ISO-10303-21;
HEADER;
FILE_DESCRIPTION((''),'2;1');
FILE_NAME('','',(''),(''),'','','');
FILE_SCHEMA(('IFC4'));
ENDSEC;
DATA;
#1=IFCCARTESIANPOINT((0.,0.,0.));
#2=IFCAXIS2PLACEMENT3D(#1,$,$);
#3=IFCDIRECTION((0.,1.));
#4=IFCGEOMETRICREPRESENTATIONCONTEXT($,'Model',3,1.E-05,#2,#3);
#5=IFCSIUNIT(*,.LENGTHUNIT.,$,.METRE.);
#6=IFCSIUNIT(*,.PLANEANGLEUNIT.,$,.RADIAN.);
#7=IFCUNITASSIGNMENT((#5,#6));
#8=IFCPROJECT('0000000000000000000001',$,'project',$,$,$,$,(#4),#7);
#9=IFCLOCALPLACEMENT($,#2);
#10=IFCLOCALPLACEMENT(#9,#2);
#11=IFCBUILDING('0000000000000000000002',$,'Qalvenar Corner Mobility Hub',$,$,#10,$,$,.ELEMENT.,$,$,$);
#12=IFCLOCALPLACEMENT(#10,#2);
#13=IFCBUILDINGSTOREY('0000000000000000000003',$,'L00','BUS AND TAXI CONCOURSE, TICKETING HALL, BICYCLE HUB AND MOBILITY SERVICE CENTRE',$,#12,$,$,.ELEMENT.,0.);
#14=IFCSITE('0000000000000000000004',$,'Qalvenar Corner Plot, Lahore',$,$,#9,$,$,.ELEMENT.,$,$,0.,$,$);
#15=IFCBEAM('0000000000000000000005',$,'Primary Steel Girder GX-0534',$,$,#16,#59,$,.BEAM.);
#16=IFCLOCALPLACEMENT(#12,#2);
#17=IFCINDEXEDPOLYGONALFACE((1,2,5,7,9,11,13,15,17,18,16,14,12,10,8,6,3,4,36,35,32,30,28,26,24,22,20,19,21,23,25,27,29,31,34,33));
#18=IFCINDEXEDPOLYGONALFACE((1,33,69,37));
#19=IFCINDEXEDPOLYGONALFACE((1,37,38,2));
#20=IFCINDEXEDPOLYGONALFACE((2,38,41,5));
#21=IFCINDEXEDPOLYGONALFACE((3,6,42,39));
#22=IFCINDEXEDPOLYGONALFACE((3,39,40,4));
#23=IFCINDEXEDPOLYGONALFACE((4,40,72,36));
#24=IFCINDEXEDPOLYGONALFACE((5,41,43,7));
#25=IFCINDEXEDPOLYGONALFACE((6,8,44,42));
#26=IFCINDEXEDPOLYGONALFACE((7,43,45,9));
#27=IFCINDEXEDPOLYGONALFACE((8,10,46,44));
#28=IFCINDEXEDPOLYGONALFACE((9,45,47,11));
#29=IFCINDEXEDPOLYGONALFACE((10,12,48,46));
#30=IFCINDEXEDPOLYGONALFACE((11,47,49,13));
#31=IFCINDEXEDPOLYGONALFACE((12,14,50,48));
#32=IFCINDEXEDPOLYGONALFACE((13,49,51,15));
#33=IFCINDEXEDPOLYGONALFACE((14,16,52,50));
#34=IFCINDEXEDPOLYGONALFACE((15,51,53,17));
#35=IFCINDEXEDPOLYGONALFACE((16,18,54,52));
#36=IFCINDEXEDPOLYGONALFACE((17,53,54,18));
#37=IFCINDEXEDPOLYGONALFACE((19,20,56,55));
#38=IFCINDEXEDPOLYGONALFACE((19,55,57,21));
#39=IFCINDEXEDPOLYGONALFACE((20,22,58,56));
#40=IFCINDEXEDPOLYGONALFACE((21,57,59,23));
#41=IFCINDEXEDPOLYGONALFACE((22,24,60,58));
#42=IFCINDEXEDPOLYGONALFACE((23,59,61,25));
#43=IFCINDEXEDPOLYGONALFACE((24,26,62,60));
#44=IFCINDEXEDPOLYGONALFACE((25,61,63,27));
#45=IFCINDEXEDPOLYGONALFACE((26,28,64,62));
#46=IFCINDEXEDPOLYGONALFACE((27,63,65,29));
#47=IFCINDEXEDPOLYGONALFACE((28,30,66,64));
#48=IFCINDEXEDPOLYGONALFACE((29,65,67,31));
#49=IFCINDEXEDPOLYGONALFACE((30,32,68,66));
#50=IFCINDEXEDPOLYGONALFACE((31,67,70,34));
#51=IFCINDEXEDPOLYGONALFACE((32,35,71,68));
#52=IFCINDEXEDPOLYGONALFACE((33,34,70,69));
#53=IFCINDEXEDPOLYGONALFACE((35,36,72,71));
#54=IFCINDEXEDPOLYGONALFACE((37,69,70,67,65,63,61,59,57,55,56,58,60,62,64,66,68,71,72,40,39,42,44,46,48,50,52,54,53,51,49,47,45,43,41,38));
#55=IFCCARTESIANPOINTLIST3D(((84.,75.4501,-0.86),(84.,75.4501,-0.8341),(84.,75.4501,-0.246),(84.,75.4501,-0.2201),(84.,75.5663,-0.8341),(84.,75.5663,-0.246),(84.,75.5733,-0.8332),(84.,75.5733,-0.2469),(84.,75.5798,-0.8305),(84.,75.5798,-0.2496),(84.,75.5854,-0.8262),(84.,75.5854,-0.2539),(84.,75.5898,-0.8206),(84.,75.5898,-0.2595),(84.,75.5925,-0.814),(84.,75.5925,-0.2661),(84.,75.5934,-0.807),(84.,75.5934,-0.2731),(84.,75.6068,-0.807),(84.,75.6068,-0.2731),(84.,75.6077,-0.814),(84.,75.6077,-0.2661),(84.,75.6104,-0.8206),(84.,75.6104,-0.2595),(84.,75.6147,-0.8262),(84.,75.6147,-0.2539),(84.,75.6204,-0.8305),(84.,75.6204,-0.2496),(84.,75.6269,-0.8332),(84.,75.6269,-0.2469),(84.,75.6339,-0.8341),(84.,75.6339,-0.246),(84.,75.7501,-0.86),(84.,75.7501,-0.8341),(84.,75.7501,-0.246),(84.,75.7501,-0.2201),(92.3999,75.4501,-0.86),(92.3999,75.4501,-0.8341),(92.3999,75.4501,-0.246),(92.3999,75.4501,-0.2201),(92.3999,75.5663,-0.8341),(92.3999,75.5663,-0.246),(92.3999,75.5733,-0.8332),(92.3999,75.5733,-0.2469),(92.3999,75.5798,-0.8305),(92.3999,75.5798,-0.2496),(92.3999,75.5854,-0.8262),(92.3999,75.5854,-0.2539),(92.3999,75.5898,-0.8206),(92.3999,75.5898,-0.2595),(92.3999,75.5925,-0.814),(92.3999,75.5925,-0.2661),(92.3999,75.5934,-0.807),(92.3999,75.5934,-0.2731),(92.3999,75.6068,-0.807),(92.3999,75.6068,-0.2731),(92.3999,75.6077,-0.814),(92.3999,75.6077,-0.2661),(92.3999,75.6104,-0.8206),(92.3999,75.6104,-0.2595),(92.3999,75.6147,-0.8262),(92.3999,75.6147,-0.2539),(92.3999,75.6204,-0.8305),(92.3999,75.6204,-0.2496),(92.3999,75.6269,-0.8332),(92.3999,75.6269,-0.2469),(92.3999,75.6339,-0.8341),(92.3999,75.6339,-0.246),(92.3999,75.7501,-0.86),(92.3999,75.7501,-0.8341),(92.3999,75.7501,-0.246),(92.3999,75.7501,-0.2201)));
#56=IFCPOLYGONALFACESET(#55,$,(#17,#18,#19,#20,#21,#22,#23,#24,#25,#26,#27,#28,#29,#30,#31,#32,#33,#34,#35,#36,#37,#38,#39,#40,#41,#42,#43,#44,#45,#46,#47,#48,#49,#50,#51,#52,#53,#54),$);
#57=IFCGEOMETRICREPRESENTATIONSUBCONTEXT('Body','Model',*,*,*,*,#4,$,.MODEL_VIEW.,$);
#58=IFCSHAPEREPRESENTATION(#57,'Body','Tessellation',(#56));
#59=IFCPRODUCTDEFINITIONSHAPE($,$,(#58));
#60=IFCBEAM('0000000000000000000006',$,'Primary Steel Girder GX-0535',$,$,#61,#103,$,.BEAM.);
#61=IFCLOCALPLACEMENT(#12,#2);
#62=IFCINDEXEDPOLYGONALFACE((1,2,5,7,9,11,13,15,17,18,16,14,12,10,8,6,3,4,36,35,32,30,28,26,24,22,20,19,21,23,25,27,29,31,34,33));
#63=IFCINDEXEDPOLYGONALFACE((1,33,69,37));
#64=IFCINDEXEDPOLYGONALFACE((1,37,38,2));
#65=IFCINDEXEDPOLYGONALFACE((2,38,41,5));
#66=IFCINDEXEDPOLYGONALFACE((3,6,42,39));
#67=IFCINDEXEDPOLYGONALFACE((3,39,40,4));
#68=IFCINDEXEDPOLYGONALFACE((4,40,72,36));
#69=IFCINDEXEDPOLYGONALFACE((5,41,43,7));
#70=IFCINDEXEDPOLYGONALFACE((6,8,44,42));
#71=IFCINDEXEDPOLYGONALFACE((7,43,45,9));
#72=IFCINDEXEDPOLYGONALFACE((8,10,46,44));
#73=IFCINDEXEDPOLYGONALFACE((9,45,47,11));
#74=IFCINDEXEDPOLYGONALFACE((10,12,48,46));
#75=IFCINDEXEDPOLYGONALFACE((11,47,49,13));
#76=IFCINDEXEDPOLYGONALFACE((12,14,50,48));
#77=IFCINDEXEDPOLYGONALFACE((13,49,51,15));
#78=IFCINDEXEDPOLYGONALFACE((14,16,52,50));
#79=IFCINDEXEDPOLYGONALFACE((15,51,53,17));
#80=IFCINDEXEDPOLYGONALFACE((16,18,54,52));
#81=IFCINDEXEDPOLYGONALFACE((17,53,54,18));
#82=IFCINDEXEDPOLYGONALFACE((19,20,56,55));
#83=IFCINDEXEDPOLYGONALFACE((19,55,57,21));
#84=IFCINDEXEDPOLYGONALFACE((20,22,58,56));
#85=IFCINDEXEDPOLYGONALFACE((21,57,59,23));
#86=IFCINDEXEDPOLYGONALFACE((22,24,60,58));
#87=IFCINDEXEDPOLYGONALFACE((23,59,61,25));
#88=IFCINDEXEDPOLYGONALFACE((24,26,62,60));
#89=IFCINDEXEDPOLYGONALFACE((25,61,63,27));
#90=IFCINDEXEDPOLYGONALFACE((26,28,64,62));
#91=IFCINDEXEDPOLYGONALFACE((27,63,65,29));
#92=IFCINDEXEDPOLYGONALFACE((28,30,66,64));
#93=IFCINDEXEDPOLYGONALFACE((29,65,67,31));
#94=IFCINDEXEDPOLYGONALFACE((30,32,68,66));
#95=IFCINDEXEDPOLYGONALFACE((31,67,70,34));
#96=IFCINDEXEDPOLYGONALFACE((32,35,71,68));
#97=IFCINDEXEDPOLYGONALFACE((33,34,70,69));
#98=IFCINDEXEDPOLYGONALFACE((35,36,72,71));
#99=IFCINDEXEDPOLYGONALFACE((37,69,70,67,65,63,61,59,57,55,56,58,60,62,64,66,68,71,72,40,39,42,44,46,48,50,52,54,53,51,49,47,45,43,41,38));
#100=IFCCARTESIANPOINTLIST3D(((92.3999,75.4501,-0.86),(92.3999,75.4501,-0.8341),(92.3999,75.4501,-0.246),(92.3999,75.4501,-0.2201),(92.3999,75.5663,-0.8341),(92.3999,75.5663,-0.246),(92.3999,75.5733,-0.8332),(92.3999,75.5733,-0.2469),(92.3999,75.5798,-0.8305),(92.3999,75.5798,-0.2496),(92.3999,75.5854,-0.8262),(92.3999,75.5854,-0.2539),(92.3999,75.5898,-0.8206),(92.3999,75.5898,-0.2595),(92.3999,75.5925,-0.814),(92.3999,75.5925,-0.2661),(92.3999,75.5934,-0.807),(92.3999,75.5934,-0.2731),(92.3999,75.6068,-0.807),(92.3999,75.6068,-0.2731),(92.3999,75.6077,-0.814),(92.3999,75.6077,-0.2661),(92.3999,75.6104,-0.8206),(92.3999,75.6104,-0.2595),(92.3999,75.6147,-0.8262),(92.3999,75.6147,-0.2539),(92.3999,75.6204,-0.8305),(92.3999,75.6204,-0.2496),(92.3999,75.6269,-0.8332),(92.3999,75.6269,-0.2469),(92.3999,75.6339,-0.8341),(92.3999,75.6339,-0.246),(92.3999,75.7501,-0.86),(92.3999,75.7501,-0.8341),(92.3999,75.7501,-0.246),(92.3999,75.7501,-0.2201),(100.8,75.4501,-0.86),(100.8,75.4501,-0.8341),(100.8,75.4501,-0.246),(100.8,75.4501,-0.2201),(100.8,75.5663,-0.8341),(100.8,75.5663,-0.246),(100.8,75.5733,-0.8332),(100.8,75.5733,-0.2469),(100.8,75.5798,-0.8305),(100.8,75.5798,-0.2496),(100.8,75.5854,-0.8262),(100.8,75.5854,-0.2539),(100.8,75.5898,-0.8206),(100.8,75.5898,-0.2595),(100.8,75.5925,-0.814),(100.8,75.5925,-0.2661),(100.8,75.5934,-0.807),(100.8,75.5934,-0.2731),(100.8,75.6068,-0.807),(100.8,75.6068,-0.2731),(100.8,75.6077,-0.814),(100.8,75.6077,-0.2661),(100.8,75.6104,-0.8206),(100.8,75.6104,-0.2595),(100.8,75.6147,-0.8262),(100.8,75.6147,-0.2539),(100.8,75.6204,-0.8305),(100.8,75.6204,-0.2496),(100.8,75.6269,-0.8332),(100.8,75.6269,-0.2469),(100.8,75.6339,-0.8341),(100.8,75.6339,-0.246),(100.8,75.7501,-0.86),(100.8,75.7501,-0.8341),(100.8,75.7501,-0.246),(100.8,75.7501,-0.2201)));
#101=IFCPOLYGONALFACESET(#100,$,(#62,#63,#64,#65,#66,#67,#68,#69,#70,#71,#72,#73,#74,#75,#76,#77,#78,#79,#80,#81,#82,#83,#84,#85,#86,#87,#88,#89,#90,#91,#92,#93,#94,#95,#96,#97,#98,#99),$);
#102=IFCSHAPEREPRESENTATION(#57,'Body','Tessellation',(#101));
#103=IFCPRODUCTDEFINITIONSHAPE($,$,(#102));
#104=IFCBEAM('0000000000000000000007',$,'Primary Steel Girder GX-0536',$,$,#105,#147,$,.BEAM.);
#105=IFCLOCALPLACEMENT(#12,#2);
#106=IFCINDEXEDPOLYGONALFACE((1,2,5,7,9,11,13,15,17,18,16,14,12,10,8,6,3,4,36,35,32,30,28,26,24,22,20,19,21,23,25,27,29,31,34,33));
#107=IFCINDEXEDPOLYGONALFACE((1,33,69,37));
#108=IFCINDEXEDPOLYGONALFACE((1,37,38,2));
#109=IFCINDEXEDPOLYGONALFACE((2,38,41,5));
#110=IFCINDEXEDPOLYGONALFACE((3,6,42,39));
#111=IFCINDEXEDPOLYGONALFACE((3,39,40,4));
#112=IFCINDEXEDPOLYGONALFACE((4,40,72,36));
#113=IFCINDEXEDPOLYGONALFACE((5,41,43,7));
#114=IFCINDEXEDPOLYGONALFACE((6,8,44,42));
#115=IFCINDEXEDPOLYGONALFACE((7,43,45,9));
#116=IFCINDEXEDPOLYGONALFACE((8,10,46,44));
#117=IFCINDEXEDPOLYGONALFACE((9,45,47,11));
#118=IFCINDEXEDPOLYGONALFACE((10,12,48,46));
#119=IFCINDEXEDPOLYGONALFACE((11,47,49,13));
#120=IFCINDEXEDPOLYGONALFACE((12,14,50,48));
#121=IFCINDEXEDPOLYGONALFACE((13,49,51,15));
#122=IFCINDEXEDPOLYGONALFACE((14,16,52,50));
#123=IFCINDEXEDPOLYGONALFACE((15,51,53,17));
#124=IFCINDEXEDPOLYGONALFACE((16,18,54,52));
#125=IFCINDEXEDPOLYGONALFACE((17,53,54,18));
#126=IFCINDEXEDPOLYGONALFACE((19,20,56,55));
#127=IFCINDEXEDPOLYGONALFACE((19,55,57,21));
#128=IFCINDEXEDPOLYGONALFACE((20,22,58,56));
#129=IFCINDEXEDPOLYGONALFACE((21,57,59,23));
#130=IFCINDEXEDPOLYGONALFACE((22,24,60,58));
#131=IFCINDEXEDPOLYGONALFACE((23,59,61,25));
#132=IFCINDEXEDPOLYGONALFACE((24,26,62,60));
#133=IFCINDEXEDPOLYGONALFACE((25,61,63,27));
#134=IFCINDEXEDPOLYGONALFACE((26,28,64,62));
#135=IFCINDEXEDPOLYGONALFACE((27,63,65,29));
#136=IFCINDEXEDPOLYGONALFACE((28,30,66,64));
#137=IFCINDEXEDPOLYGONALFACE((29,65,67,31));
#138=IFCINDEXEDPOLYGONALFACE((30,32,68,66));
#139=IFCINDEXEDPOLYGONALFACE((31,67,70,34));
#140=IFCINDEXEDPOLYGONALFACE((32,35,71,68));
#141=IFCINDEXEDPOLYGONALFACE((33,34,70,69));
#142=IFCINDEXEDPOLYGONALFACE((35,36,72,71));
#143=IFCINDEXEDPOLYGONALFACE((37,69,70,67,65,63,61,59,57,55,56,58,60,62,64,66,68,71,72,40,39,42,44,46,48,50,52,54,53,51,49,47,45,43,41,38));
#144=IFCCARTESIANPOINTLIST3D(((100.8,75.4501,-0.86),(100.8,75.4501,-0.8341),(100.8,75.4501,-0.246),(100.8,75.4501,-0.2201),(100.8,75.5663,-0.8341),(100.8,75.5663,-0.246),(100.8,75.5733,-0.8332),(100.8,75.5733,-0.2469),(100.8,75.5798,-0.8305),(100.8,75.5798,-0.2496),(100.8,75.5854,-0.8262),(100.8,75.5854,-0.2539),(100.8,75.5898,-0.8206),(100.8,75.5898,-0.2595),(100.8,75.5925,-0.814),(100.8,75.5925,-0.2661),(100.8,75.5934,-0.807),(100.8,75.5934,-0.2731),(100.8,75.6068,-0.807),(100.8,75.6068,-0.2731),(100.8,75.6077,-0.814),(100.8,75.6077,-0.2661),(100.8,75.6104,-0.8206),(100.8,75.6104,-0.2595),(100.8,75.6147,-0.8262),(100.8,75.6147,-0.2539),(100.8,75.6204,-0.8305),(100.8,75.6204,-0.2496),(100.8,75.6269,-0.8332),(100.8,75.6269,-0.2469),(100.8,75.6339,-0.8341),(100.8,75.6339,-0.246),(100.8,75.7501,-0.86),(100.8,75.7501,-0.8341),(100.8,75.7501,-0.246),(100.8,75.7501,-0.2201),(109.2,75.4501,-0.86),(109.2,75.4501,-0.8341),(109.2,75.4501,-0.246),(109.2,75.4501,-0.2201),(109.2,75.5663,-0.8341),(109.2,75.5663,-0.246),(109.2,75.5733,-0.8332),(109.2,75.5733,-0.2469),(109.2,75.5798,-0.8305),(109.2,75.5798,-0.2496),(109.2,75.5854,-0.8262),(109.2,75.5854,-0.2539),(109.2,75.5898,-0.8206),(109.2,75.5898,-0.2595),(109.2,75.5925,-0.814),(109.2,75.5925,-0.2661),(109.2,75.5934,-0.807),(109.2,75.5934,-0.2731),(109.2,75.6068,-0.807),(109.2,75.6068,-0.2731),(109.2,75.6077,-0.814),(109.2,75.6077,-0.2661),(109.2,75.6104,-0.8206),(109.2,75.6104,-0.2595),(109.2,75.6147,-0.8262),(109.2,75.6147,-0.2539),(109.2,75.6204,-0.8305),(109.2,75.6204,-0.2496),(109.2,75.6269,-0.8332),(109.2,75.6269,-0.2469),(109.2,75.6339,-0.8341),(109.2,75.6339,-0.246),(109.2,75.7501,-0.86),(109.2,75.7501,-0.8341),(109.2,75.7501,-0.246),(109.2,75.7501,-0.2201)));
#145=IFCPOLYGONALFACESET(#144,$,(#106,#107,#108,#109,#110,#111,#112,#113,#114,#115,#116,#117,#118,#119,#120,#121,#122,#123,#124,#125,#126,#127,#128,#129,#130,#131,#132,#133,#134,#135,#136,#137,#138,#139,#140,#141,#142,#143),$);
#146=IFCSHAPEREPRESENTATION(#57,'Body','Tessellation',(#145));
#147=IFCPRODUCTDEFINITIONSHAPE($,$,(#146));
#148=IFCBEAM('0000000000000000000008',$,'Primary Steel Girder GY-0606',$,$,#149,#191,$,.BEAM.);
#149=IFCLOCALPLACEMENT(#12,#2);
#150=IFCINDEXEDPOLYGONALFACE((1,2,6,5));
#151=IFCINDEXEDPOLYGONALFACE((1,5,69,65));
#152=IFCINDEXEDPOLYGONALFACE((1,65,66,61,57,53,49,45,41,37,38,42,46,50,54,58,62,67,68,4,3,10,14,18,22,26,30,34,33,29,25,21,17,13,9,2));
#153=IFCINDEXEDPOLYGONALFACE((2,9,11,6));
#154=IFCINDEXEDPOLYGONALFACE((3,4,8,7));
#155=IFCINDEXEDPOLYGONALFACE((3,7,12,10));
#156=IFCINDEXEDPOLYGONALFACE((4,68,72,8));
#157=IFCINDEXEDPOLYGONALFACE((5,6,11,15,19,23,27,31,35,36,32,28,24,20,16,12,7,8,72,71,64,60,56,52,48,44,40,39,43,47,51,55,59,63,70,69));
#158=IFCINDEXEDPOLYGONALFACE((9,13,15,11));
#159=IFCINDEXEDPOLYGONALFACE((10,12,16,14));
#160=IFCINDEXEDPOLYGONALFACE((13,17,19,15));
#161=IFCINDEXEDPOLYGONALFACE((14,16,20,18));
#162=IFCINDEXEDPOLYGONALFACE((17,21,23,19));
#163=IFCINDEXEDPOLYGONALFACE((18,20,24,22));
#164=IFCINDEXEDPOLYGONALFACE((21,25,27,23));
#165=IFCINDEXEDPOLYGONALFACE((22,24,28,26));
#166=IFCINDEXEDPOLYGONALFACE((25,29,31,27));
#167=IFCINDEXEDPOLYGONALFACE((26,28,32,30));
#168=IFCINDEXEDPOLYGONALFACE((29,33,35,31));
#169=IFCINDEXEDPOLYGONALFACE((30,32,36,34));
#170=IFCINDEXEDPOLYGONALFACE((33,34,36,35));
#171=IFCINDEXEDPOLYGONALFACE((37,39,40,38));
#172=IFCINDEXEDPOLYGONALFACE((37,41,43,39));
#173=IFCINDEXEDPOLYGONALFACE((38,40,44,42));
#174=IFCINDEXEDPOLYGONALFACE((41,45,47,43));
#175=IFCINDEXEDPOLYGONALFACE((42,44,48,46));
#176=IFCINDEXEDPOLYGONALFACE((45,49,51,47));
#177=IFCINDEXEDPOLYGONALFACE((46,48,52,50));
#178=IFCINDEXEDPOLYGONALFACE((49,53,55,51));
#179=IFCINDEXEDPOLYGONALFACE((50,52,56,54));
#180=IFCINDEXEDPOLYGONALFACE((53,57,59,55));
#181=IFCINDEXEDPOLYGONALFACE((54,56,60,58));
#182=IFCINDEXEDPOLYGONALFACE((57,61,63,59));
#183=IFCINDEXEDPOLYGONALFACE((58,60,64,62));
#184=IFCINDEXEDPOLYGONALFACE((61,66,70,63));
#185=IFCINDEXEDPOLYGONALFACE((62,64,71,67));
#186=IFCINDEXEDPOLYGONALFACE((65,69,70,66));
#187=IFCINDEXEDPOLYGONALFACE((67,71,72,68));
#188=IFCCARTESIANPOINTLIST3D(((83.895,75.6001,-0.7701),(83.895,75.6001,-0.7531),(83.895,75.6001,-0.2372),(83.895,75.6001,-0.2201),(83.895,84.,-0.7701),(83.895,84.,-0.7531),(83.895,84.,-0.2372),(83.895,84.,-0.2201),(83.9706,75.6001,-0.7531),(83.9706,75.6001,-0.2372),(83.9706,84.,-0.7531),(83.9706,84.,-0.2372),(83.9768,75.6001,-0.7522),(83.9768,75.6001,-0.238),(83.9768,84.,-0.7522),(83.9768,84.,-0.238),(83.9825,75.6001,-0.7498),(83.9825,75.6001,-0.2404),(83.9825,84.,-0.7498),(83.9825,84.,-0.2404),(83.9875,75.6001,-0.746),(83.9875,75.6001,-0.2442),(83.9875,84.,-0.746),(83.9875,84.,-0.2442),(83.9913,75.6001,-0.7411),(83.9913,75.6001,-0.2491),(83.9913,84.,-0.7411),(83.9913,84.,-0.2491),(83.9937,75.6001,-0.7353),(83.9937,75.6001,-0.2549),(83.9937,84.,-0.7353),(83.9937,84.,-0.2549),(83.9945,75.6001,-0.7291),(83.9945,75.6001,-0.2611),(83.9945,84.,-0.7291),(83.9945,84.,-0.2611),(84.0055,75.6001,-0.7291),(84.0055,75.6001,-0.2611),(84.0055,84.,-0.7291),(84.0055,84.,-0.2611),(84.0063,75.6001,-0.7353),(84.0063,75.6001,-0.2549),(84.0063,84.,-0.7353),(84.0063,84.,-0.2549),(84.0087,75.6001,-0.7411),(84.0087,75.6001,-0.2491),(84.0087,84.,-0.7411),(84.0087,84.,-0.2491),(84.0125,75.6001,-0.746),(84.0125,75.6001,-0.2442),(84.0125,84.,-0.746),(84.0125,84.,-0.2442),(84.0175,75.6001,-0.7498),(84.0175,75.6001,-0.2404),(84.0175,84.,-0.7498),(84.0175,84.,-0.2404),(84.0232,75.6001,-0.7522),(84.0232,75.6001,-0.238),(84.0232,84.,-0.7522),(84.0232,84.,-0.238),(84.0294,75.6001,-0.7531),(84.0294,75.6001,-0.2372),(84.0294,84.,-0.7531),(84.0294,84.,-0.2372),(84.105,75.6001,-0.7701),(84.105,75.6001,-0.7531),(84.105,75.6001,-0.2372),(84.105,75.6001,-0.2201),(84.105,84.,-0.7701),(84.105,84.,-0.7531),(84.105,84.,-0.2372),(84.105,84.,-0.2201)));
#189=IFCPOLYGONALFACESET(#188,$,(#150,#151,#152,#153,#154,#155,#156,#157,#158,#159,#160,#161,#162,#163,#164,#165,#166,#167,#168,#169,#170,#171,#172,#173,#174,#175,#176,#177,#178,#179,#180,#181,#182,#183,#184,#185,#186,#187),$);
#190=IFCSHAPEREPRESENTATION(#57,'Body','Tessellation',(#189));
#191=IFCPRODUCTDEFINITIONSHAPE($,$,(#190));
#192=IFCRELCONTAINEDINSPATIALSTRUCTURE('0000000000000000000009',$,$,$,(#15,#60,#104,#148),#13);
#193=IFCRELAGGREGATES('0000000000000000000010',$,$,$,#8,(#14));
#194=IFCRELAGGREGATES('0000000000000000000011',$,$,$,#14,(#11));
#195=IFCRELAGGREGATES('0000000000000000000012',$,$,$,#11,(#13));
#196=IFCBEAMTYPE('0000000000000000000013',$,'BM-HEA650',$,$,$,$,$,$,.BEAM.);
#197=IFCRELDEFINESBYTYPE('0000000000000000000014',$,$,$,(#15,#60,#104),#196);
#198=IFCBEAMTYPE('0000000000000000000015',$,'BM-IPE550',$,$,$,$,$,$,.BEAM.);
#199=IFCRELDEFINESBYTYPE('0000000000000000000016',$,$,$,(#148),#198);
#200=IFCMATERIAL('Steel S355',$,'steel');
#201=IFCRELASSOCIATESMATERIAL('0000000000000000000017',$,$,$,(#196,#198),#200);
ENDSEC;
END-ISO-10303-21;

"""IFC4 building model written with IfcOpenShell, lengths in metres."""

from ifc_helpers import new_model, si_unit, direction, frame, origin, origin_2d, place, context, subcontext, project, spatial, i_section, extrude, material, material_profile, profile_set, type_object, element, save


model = new_model("IFC4")

# Units and contexts
model_context = context("Model", 3, precision=1e-05, world=origin(), true_north=direction((0.0, 1.0)))
body_context = subcontext(model_context, "Body", "Model", "MODEL_VIEW")
ifc_project = project(units=[si_unit("LENGTHUNIT", "METRE"), si_unit("PLANEANGLEUNIT", "RADIAN")], contexts=[model_context])

# Site, building, storey
site_placement = place(None, origin())
site = spatial("IfcSite", under=ifc_project, at=site_placement, Name="Qalvenar Corner Plot, Lahore", CompositionType="ELEMENT", RefElevation=0.0)
building_placement = place(site_placement, origin())
building = spatial("IfcBuilding", under=site, at=building_placement, Name="Qalvenar Corner Mobility Hub", CompositionType="ELEMENT")
storey_placement = place(building_placement, origin())
storey = spatial("IfcBuildingStorey", under=building, at=storey_placement, Name="L00", Description="BUS AND TAXI CONCOURSE, TICKETING HALL, BICYCLE HUB AND MOBILITY SERVICE CENTRE", CompositionType="ELEMENT", Elevation=0.0)

# Shared definitions
ifc_material_1 = material(Name="Steel S355", Category="steel")

# Beams
ifc_material_profile_1 = material_profile(ifc_material_1, i_section(OverallWidth=0.3, OverallDepth=0.6399, WebThickness=0.0134, FlangeThickness=0.0259, FilletRadius=0.0271, at=origin_2d()), Name="HEA650")
ifc_profile_set_1 = profile_set([ifc_material_profile_1], Name="Steel S355")
beam_type_1 = type_object("IfcBeamType", Name="BM-HEA650", PredefinedType="BEAM", material=ifc_profile_set_1)
beam_1_placement = place(storey_placement, frame((84.0, 75.6001, -0.54), z_axis=(1.0, 0.0, 0.0), x_axis=(0.0, 1.0, 0.0)))
element("IfcBeam", 1, at=beam_1_placement, inside=storey, type_object=beam_type_1, Name="Primary Steel Girder GX-0534", PredefinedType="BEAM", context=body_context, shape_type="SweptSolid", body=[
    extrude(i_section(OverallWidth=0.3, OverallDepth=0.6399, WebThickness=0.0134, FlangeThickness=0.0259, FilletRadius=0.0271, at=origin_2d()), origin(), (0.0, 0.0, 1.0), 8.3999),
])
beam_2_placement = place(storey_placement, frame((92.3999, 75.6001, -0.54), z_axis=(1.0, 0.0, 0.0), x_axis=(0.0, 1.0, 0.0)))
element("IfcBeam", 2, at=beam_2_placement, inside=storey, type_object=beam_type_1, Name="Primary Steel Girder GX-0535", PredefinedType="BEAM", context=body_context, shape_type="SweptSolid", body=[
    extrude(i_section(OverallWidth=0.3, OverallDepth=0.6399, WebThickness=0.0134, FlangeThickness=0.0259, FilletRadius=0.0271, at=origin_2d()), origin(), (0.0, 0.0, 1.0), 8.4001),
])
beam_3_placement = place(storey_placement, frame((100.8, 75.6001, -0.54), z_axis=(1.0, 0.0, 0.0), x_axis=(0.0, 1.0, 0.0)))
element("IfcBeam", 3, at=beam_3_placement, inside=storey, type_object=beam_type_1, Name="Primary Steel Girder GX-0536", PredefinedType="BEAM", context=body_context, shape_type="SweptSolid", body=[
    extrude(i_section(OverallWidth=0.3, OverallDepth=0.6399, WebThickness=0.0134, FlangeThickness=0.0259, FilletRadius=0.0271, at=origin_2d()), origin(), (0.0, 0.0, 1.0), 8.3999),
])
ifc_material_profile_2 = material_profile(ifc_material_1, i_section(OverallWidth=0.21, OverallDepth=0.55, WebThickness=0.011, FlangeThickness=0.0171, FilletRadius=0.0239, at=origin_2d()), Name="IPE550")
ifc_profile_set_2 = profile_set([ifc_material_profile_2], Name="Steel S355")
beam_type_2 = type_object("IfcBeamType", Name="BM-IPE550", PredefinedType="BEAM", material=ifc_profile_set_2)
for number, where, z_axis, x_axis, name in (
    (4, (84.0, 75.6001, -0.4951), (0.0, 1.0, 0.0), (-1.0, 0.0, 0.0), "Primary Steel Girder GY-0606"),
):
    element("IfcBeam", number, at=place(storey_placement, frame(where, z_axis=z_axis, x_axis=x_axis)), inside=storey, type_object=beam_type_2, Name=name, PredefinedType="BEAM", context=body_context, shape_type="SweptSolid", body=[
        extrude(i_section(OverallWidth=0.21, OverallDepth=0.55, WebThickness=0.011, FlangeThickness=0.0171, FilletRadius=0.0239, at=origin_2d()), origin(), (0.0, 0.0, 1.0), 8.3999),
    ])

save(model, "model.ifc")
